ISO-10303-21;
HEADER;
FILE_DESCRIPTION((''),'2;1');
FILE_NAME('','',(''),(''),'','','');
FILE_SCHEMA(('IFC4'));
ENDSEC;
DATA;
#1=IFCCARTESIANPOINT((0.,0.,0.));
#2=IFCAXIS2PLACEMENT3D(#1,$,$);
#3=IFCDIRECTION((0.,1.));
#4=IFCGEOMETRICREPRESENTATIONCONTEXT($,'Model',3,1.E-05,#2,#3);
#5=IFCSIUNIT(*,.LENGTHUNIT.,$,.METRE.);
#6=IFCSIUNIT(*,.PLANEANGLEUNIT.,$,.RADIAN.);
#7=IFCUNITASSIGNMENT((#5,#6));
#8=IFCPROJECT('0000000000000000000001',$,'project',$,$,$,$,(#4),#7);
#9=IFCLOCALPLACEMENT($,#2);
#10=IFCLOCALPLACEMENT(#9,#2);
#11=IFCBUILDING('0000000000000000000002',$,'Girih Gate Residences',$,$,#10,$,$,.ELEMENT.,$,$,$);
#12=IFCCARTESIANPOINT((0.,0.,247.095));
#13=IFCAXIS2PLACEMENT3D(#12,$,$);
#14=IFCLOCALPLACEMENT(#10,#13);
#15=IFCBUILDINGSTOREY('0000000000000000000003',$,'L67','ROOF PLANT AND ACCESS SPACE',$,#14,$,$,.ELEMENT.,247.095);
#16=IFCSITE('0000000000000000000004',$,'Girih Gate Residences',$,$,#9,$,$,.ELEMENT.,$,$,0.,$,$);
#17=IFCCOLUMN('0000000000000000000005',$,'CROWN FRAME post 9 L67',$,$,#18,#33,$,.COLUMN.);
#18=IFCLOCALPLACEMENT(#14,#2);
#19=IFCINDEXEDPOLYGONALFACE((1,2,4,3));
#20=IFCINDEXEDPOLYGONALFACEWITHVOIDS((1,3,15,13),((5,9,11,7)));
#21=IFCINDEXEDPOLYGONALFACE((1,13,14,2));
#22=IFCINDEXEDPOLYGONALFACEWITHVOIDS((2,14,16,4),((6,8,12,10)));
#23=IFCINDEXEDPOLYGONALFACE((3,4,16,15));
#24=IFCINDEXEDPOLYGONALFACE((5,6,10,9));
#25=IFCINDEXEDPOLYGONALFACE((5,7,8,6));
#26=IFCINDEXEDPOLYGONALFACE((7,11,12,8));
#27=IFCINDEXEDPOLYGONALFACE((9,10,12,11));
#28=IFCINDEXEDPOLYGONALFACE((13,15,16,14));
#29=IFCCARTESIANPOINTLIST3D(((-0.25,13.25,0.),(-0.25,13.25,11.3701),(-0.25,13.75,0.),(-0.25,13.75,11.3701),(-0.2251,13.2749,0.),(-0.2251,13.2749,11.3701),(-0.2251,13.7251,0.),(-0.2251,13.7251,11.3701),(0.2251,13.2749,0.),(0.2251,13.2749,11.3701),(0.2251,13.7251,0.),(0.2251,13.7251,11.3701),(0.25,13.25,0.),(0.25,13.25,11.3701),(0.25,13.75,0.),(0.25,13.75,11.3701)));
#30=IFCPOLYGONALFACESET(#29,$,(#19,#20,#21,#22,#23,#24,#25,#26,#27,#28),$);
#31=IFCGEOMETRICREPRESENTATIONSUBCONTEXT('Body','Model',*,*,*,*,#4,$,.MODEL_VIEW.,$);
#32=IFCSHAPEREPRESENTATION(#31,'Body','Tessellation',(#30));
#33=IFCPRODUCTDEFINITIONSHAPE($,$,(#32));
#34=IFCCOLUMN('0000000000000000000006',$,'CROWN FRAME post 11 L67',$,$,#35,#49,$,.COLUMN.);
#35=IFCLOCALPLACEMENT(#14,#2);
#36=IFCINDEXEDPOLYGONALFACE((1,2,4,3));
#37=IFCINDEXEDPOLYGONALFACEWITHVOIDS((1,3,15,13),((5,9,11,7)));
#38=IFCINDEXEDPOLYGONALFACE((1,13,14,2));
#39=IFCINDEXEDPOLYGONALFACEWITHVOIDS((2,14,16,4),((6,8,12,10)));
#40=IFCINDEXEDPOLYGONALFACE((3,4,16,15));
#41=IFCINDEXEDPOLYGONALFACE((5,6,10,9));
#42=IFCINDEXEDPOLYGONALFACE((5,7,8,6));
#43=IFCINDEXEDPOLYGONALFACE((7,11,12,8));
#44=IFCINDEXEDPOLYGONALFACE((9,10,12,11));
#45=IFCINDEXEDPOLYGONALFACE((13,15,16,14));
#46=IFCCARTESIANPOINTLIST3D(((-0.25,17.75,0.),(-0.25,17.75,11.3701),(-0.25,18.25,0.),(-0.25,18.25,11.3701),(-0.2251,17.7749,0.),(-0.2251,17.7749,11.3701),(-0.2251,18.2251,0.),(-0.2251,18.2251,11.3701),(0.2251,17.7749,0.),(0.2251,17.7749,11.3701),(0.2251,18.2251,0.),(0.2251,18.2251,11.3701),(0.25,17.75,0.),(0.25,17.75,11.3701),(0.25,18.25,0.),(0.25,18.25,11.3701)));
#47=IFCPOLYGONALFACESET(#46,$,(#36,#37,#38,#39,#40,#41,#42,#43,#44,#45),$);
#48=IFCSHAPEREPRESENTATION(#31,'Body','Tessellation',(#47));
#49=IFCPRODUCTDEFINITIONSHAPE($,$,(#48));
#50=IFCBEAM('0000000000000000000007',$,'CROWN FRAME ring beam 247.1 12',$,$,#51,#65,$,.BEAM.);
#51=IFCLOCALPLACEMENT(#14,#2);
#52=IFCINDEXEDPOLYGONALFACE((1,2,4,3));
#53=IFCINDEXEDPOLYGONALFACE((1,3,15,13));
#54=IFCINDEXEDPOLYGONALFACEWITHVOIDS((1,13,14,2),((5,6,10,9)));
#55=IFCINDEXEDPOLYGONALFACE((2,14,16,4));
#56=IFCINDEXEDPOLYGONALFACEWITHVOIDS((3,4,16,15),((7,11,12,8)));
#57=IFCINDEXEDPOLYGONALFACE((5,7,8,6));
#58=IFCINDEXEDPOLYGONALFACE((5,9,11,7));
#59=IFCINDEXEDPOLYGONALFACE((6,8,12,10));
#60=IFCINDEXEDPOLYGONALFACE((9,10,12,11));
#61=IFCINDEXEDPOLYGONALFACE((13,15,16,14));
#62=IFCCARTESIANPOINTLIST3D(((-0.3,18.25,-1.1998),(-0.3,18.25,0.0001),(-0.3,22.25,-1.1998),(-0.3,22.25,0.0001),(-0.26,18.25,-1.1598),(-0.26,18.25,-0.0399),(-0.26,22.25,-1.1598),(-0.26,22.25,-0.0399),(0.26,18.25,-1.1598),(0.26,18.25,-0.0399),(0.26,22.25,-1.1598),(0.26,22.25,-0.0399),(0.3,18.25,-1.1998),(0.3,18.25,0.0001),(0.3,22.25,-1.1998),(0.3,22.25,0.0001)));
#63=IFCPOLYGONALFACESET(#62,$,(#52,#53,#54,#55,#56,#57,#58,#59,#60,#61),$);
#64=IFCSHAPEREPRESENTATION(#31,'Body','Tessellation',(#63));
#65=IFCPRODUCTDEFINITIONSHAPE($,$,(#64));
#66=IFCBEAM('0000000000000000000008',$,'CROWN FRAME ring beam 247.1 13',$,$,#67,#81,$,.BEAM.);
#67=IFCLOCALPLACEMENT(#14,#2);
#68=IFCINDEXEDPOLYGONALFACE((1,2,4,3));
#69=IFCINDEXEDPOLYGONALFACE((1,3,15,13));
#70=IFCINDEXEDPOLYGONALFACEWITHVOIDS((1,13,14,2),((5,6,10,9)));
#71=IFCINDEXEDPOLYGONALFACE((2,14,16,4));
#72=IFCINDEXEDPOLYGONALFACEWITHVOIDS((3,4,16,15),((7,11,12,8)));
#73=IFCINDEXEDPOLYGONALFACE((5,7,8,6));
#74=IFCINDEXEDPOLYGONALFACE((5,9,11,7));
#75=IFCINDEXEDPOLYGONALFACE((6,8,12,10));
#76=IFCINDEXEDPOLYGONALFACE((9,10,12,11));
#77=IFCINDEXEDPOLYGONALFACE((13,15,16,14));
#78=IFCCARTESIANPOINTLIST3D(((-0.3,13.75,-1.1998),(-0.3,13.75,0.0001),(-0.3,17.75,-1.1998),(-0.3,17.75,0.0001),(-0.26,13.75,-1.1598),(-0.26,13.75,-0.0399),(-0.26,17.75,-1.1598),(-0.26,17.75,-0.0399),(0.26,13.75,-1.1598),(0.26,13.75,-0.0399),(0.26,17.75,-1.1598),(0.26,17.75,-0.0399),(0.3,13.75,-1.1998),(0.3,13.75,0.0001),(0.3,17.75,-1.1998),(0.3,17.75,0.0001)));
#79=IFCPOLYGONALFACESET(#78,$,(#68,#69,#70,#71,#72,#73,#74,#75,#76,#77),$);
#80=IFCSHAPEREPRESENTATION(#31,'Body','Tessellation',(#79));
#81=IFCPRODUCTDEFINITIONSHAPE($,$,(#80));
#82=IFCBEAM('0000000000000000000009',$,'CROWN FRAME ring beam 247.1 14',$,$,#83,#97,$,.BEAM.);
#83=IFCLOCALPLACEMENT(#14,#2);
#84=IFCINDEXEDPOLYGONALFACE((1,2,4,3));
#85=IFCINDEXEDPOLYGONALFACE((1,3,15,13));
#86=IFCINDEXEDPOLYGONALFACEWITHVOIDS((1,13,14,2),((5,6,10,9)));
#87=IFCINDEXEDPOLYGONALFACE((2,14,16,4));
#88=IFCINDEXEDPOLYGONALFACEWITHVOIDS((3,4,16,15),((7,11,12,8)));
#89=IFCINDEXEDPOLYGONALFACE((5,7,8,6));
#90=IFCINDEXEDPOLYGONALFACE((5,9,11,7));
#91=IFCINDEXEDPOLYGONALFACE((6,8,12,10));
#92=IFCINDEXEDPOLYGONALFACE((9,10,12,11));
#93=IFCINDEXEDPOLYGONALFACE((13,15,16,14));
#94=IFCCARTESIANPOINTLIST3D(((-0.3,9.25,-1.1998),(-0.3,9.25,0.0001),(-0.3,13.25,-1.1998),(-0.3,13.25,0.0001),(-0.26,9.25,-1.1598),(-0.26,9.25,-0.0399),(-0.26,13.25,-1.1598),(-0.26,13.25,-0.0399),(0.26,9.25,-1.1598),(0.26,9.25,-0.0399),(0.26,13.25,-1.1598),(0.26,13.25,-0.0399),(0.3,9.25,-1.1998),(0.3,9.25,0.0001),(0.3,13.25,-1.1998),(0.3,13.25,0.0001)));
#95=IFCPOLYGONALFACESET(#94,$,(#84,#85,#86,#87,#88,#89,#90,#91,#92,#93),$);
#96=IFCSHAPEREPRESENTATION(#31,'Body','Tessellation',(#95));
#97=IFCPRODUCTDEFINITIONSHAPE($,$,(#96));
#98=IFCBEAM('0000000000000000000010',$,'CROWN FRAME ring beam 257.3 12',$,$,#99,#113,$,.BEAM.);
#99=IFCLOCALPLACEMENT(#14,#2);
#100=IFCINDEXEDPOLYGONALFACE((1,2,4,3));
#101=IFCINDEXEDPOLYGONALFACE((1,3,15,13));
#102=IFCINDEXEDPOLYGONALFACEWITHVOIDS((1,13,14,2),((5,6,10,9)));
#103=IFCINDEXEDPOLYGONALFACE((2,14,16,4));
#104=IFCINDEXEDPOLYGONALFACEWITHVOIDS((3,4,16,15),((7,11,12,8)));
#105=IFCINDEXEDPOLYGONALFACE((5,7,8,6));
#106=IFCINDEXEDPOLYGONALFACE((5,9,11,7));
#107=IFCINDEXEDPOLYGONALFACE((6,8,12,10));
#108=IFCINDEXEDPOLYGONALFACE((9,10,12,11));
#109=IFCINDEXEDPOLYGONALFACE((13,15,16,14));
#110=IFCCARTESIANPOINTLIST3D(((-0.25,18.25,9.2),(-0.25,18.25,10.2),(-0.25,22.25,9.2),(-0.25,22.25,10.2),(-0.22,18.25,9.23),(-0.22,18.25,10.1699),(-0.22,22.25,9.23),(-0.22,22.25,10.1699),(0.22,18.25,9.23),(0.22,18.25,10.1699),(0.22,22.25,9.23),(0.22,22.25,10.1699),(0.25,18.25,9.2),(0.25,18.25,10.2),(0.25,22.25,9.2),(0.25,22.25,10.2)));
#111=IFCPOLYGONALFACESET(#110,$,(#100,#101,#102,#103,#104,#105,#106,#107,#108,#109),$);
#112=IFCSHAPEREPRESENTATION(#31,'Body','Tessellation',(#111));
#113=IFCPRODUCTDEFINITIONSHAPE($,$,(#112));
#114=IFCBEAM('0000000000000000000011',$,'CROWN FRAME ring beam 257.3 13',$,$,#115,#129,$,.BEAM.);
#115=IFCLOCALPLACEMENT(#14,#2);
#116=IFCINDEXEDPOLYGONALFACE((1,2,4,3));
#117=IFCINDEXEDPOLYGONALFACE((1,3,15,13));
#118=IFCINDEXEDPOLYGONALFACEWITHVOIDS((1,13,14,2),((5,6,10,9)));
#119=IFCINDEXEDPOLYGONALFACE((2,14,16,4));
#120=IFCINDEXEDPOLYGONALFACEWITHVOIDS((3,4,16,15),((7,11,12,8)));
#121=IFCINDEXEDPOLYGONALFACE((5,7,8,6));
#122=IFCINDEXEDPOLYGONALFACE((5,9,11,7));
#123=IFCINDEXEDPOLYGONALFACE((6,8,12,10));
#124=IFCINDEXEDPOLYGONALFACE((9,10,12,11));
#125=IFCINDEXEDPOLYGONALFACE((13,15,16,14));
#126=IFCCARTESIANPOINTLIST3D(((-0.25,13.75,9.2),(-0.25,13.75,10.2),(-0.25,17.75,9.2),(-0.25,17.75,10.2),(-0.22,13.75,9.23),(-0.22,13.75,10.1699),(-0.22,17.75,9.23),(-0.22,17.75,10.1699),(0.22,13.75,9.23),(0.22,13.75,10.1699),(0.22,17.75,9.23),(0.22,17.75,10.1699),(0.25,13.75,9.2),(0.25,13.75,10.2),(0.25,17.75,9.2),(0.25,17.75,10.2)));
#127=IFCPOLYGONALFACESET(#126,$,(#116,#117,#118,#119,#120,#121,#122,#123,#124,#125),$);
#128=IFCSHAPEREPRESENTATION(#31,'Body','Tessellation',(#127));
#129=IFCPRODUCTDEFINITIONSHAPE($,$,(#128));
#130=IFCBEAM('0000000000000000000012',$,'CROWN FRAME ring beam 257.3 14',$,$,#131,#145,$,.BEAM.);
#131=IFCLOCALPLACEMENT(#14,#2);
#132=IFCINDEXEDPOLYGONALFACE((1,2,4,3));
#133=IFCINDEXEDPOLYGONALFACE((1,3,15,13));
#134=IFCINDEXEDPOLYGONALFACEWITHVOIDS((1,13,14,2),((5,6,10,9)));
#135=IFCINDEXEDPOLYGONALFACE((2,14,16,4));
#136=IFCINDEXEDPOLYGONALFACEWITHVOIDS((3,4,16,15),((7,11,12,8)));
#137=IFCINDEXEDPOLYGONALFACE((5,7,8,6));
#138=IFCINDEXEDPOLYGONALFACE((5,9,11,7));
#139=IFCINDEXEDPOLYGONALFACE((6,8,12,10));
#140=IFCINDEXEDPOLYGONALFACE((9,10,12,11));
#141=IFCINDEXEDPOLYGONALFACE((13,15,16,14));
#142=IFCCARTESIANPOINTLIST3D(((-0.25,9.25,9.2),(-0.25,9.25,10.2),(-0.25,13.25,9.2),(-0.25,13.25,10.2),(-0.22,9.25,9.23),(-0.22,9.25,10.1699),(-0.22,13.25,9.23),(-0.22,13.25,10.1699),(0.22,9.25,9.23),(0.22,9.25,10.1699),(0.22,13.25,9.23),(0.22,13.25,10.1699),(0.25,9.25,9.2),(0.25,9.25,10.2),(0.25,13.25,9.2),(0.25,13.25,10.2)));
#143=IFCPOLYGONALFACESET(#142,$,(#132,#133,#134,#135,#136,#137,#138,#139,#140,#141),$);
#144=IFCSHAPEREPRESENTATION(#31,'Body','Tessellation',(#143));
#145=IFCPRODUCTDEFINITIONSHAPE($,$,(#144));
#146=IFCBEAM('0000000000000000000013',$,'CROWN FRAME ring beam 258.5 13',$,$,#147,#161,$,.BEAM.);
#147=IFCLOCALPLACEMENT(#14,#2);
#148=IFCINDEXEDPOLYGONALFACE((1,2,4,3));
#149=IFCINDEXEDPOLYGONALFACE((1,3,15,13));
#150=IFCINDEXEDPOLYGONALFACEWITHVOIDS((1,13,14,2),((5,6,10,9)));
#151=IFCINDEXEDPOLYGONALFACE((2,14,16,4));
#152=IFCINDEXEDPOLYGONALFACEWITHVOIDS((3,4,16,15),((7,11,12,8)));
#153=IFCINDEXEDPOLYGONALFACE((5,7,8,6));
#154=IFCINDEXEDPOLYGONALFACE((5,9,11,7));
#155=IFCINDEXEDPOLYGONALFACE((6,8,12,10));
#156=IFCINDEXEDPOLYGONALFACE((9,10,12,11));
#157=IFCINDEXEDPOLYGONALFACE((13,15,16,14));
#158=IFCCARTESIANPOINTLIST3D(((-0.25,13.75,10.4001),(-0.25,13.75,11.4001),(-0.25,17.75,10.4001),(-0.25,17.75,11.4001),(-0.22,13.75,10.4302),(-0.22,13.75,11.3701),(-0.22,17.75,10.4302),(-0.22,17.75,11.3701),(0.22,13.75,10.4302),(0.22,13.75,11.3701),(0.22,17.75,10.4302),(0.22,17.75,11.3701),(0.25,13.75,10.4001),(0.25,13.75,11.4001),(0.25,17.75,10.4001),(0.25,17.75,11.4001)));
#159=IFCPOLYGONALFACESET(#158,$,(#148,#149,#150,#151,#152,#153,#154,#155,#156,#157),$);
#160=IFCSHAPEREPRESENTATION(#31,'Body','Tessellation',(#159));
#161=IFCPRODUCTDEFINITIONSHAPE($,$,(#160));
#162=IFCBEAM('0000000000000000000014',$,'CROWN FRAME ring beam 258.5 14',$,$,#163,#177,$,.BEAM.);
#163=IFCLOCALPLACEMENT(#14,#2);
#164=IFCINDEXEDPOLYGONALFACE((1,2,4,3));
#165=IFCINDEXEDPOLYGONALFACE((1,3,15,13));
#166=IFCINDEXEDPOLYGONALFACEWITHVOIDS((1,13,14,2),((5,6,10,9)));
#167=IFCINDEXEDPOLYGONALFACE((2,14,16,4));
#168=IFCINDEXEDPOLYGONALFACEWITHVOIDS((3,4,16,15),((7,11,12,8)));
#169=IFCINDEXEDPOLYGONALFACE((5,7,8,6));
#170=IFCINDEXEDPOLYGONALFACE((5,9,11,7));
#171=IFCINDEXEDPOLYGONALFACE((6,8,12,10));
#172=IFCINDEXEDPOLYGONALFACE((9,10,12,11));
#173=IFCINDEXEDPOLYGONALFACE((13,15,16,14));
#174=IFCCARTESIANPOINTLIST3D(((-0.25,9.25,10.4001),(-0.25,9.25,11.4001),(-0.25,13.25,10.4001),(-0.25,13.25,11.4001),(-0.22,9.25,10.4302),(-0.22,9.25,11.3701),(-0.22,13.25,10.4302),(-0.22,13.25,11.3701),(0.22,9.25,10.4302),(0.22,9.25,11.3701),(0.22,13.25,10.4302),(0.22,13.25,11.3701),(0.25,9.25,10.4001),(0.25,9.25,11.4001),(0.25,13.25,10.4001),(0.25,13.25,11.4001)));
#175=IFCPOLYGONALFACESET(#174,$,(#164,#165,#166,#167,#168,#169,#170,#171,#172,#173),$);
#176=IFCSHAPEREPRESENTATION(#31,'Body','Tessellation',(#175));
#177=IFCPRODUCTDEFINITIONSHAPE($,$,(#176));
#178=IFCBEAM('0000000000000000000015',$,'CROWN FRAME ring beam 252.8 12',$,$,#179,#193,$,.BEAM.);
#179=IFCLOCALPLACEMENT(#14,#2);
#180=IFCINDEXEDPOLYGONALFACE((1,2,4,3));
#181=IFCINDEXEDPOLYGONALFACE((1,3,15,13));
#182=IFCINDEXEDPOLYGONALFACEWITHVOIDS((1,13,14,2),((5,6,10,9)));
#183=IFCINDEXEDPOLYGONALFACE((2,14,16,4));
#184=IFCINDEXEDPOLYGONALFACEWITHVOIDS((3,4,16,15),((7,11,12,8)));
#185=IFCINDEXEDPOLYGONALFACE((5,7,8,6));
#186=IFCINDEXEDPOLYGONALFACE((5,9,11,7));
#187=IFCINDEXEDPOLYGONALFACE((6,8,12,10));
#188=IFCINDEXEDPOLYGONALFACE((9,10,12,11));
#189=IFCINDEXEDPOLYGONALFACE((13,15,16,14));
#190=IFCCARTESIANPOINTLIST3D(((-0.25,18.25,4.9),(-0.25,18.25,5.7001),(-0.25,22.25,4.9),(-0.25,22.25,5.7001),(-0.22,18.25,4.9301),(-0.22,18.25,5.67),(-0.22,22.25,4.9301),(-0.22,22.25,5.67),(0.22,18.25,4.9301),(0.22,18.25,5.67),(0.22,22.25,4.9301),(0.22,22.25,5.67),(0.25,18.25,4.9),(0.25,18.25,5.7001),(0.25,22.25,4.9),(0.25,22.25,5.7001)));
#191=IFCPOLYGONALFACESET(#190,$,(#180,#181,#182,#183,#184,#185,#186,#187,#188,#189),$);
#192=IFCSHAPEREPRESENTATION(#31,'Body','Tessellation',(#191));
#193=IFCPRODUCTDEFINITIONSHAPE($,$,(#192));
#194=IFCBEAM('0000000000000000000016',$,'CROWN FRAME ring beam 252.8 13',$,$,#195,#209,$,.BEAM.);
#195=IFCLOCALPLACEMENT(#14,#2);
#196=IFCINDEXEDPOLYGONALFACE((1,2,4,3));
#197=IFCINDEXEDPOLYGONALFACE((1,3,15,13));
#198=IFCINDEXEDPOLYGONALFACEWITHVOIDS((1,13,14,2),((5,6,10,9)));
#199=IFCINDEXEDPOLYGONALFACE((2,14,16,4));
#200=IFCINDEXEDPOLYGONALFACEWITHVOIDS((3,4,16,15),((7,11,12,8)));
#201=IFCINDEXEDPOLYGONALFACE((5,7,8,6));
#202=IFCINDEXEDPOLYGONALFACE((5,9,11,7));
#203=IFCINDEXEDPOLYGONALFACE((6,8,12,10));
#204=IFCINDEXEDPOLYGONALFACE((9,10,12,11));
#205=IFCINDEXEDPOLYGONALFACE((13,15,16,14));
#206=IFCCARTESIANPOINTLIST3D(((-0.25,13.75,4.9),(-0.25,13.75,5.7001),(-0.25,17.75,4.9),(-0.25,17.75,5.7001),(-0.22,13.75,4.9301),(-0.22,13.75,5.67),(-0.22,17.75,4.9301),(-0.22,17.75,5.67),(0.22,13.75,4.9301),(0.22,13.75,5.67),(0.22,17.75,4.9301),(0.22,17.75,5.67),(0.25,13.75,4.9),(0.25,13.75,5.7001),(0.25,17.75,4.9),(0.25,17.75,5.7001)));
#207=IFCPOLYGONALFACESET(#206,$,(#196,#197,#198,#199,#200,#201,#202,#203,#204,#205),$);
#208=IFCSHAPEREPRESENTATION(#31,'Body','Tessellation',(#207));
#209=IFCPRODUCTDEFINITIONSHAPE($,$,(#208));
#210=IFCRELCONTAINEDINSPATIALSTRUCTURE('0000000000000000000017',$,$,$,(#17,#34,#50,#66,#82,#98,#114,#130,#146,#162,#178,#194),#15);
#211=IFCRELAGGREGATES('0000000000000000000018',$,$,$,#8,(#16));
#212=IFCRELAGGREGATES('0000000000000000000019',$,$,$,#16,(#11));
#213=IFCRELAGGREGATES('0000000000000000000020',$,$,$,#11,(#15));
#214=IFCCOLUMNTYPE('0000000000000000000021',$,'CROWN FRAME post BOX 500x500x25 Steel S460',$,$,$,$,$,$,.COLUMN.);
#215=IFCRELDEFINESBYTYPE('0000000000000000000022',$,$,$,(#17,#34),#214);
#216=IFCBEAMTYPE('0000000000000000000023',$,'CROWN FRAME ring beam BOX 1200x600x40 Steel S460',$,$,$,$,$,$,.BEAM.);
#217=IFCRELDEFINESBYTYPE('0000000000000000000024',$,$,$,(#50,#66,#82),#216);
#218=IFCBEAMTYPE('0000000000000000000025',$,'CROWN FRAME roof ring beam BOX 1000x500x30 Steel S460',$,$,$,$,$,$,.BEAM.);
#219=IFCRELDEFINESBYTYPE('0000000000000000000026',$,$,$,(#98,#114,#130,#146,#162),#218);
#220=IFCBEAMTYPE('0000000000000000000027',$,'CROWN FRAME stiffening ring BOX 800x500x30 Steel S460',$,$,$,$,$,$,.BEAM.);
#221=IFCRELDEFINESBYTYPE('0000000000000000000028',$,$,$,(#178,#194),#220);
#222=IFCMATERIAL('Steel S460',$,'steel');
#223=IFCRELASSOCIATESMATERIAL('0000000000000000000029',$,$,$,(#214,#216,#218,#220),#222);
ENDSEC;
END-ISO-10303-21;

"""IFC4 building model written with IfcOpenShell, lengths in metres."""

from ifc_helpers import new_model, si_unit, direction, frame, origin, origin_2d, place, context, subcontext, project, spatial, hollow_rectangle, extrude, material, material_profile, profile_set, type_object, element, save


model = new_model("IFC4")

# Units and contexts
model_context = context("Model", 3, precision=1e-05, world=origin(), true_north=direction((0.0, 1.0)))
body_context = subcontext(model_context, "Body", "Model", "MODEL_VIEW")
ifc_project = project(units=[si_unit("LENGTHUNIT", "METRE"), si_unit("PLANEANGLEUNIT", "RADIAN")], contexts=[model_context])

# Site, building, storey
site_placement = place(None, origin())
site = spatial("IfcSite", under=ifc_project, at=site_placement, Name="Girih Gate Residences", CompositionType="ELEMENT", RefElevation=0.0)
building_placement = place(site_placement, origin())
building = spatial("IfcBuilding", under=site, at=building_placement, Name="Girih Gate Residences", CompositionType="ELEMENT")
storey_placement = place(building_placement, frame((0.0, 0.0, 247.095)))
storey = spatial("IfcBuildingStorey", under=building, at=storey_placement, Name="L67", Description="ROOF PLANT AND ACCESS SPACE", CompositionType="ELEMENT", Elevation=247.095)

# Columns
ifc_material_1 = material(Name="Steel S460", Category="steel")
ifc_material_profile_1 = material_profile(ifc_material_1, hollow_rectangle(XDim=0.5, YDim=0.5, WallThickness=0.0249, at=origin_2d()))
ifc_profile_set_1 = profile_set([ifc_material_profile_1], Name="Steel S460")
column_type = type_object("IfcColumnType", Name="CROWN FRAME post BOX 500x500x25 Steel S460", PredefinedType="COLUMN", material=ifc_profile_set_1)
for number, where, z_axis, x_axis, name in (
    (1, (0.0, 13.5, 0.0), (0.0, 0.0, 1.0), (1.0, 0.0, 0.0), "CROWN FRAME post 9 L67"),
    (2, (0.0, 18.0, 0.0), (0.0, 0.0, 1.0), (1.0, 0.0, 0.0), "CROWN FRAME post 11 L67"),
):
    element("IfcColumn", number, at=place(storey_placement, frame(where, z_axis=z_axis, x_axis=x_axis)), inside=storey, type_object=column_type, Name=name, PredefinedType="COLUMN", context=body_context, shape_type="SweptSolid", body=[
        extrude(hollow_rectangle(XDim=0.5, YDim=0.5, WallThickness=0.0249, at=origin_2d()), origin(), (0.0, 0.0, 1.0), 11.3701),
    ])

# Beams
ifc_material_profile_2 = material_profile(ifc_material_1, hollow_rectangle(XDim=0.6001, YDim=1.2, WallThickness=0.04, at=origin_2d()))
ifc_profile_set_2 = profile_set([ifc_material_profile_2], Name="Steel S460")
beam_type_1 = type_object("IfcBeamType", Name="CROWN FRAME ring beam BOX 1200x600x40 Steel S460", PredefinedType="BEAM", material=ifc_profile_set_2)
for number, where, z_axis, x_axis, name in (
    (3, (0.0, 22.25, -0.5999), (0.0, -1.0, 0.0), (1.0, 0.0, 0.0), "CROWN FRAME ring beam 247.1 12"),
    (4, (0.0, 17.75, -0.5999), (0.0, -1.0, 0.0), (1.0, 0.0, 0.0), "CROWN FRAME ring beam 247.1 13"),
    (5, (0.0, 13.25, -0.5999), (0.0, -1.0, 0.0), (1.0, 0.0, 0.0), "CROWN FRAME ring beam 247.1 14"),
):
    element("IfcBeam", number, at=place(storey_placement, frame(where, z_axis=z_axis, x_axis=x_axis)), inside=storey, type_object=beam_type_1, Name=name, PredefinedType="BEAM", context=body_context, shape_type="SweptSolid", body=[
        extrude(hollow_rectangle(XDim=0.6001, YDim=1.2, WallThickness=0.04, at=origin_2d()), origin(), (0.0, 0.0, 1.0), 4.0),
    ])
ifc_material_profile_3 = material_profile(ifc_material_1, hollow_rectangle(XDim=0.5, YDim=1.0, WallThickness=0.03, at=origin_2d()))
ifc_profile_set_3 = profile_set([ifc_material_profile_3], Name="Steel S460")
beam_type_2 = type_object("IfcBeamType", Name="CROWN FRAME roof ring beam BOX 1000x500x30 Steel S460", PredefinedType="BEAM", material=ifc_profile_set_3)
for number, where, z_axis, x_axis, name in (
    (6, (0.0, 22.25, 9.7), (0.0, -1.0, 0.0), (1.0, 0.0, 0.0), "CROWN FRAME ring beam 257.3 12"),
    (7, (0.0, 17.75, 9.7), (0.0, -1.0, 0.0), (1.0, 0.0, 0.0), "CROWN FRAME ring beam 257.3 13"),
    (8, (0.0, 13.25, 9.7), (0.0, -1.0, 0.0), (1.0, 0.0, 0.0), "CROWN FRAME ring beam 257.3 14"),
    (9, (0.0, 17.75, 10.9001), (0.0, -1.0, 0.0), (1.0, 0.0, 0.0), "CROWN FRAME ring beam 258.5 13"),
    (10, (0.0, 13.25, 10.9001), (0.0, -1.0, 0.0), (1.0, 0.0, 0.0), "CROWN FRAME ring beam 258.5 14"),
):
    element("IfcBeam", number, at=place(storey_placement, frame(where, z_axis=z_axis, x_axis=x_axis)), inside=storey, type_object=beam_type_2, Name=name, PredefinedType="BEAM", context=body_context, shape_type="SweptSolid", body=[
        extrude(hollow_rectangle(XDim=0.5, YDim=1.0, WallThickness=0.03, at=origin_2d()), origin(), (0.0, 0.0, 1.0), 4.0),
    ])
ifc_material_profile_4 = material_profile(ifc_material_1, hollow_rectangle(XDim=0.5, YDim=0.8, WallThickness=0.03, at=origin_2d()))
ifc_profile_set_4 = profile_set([ifc_material_profile_4], Name="Steel S460")
beam_type_3 = type_object("IfcBeamType", Name="CROWN FRAME stiffening ring BOX 800x500x30 Steel S460", PredefinedType="BEAM", material=ifc_profile_set_4)
for number, where, z_axis, x_axis, name in (
    (11, (0.0, 22.25, 5.3), (0.0, -1.0, 0.0), (1.0, 0.0, 0.0), "CROWN FRAME ring beam 252.8 12"),
    (12, (0.0, 17.75, 5.3), (0.0, -1.0, 0.0), (1.0, 0.0, 0.0), "CROWN FRAME ring beam 252.8 13"),
):
    element("IfcBeam", number, at=place(storey_placement, frame(where, z_axis=z_axis, x_axis=x_axis)), inside=storey, type_object=beam_type_3, Name=name, PredefinedType="BEAM", context=body_context, shape_type="SweptSolid", body=[
        extrude(hollow_rectangle(XDim=0.5, YDim=0.8, WallThickness=0.03, at=origin_2d()), origin(), (0.0, 0.0, 1.0), 4.0),
    ])

save(model, "model.ifc")
